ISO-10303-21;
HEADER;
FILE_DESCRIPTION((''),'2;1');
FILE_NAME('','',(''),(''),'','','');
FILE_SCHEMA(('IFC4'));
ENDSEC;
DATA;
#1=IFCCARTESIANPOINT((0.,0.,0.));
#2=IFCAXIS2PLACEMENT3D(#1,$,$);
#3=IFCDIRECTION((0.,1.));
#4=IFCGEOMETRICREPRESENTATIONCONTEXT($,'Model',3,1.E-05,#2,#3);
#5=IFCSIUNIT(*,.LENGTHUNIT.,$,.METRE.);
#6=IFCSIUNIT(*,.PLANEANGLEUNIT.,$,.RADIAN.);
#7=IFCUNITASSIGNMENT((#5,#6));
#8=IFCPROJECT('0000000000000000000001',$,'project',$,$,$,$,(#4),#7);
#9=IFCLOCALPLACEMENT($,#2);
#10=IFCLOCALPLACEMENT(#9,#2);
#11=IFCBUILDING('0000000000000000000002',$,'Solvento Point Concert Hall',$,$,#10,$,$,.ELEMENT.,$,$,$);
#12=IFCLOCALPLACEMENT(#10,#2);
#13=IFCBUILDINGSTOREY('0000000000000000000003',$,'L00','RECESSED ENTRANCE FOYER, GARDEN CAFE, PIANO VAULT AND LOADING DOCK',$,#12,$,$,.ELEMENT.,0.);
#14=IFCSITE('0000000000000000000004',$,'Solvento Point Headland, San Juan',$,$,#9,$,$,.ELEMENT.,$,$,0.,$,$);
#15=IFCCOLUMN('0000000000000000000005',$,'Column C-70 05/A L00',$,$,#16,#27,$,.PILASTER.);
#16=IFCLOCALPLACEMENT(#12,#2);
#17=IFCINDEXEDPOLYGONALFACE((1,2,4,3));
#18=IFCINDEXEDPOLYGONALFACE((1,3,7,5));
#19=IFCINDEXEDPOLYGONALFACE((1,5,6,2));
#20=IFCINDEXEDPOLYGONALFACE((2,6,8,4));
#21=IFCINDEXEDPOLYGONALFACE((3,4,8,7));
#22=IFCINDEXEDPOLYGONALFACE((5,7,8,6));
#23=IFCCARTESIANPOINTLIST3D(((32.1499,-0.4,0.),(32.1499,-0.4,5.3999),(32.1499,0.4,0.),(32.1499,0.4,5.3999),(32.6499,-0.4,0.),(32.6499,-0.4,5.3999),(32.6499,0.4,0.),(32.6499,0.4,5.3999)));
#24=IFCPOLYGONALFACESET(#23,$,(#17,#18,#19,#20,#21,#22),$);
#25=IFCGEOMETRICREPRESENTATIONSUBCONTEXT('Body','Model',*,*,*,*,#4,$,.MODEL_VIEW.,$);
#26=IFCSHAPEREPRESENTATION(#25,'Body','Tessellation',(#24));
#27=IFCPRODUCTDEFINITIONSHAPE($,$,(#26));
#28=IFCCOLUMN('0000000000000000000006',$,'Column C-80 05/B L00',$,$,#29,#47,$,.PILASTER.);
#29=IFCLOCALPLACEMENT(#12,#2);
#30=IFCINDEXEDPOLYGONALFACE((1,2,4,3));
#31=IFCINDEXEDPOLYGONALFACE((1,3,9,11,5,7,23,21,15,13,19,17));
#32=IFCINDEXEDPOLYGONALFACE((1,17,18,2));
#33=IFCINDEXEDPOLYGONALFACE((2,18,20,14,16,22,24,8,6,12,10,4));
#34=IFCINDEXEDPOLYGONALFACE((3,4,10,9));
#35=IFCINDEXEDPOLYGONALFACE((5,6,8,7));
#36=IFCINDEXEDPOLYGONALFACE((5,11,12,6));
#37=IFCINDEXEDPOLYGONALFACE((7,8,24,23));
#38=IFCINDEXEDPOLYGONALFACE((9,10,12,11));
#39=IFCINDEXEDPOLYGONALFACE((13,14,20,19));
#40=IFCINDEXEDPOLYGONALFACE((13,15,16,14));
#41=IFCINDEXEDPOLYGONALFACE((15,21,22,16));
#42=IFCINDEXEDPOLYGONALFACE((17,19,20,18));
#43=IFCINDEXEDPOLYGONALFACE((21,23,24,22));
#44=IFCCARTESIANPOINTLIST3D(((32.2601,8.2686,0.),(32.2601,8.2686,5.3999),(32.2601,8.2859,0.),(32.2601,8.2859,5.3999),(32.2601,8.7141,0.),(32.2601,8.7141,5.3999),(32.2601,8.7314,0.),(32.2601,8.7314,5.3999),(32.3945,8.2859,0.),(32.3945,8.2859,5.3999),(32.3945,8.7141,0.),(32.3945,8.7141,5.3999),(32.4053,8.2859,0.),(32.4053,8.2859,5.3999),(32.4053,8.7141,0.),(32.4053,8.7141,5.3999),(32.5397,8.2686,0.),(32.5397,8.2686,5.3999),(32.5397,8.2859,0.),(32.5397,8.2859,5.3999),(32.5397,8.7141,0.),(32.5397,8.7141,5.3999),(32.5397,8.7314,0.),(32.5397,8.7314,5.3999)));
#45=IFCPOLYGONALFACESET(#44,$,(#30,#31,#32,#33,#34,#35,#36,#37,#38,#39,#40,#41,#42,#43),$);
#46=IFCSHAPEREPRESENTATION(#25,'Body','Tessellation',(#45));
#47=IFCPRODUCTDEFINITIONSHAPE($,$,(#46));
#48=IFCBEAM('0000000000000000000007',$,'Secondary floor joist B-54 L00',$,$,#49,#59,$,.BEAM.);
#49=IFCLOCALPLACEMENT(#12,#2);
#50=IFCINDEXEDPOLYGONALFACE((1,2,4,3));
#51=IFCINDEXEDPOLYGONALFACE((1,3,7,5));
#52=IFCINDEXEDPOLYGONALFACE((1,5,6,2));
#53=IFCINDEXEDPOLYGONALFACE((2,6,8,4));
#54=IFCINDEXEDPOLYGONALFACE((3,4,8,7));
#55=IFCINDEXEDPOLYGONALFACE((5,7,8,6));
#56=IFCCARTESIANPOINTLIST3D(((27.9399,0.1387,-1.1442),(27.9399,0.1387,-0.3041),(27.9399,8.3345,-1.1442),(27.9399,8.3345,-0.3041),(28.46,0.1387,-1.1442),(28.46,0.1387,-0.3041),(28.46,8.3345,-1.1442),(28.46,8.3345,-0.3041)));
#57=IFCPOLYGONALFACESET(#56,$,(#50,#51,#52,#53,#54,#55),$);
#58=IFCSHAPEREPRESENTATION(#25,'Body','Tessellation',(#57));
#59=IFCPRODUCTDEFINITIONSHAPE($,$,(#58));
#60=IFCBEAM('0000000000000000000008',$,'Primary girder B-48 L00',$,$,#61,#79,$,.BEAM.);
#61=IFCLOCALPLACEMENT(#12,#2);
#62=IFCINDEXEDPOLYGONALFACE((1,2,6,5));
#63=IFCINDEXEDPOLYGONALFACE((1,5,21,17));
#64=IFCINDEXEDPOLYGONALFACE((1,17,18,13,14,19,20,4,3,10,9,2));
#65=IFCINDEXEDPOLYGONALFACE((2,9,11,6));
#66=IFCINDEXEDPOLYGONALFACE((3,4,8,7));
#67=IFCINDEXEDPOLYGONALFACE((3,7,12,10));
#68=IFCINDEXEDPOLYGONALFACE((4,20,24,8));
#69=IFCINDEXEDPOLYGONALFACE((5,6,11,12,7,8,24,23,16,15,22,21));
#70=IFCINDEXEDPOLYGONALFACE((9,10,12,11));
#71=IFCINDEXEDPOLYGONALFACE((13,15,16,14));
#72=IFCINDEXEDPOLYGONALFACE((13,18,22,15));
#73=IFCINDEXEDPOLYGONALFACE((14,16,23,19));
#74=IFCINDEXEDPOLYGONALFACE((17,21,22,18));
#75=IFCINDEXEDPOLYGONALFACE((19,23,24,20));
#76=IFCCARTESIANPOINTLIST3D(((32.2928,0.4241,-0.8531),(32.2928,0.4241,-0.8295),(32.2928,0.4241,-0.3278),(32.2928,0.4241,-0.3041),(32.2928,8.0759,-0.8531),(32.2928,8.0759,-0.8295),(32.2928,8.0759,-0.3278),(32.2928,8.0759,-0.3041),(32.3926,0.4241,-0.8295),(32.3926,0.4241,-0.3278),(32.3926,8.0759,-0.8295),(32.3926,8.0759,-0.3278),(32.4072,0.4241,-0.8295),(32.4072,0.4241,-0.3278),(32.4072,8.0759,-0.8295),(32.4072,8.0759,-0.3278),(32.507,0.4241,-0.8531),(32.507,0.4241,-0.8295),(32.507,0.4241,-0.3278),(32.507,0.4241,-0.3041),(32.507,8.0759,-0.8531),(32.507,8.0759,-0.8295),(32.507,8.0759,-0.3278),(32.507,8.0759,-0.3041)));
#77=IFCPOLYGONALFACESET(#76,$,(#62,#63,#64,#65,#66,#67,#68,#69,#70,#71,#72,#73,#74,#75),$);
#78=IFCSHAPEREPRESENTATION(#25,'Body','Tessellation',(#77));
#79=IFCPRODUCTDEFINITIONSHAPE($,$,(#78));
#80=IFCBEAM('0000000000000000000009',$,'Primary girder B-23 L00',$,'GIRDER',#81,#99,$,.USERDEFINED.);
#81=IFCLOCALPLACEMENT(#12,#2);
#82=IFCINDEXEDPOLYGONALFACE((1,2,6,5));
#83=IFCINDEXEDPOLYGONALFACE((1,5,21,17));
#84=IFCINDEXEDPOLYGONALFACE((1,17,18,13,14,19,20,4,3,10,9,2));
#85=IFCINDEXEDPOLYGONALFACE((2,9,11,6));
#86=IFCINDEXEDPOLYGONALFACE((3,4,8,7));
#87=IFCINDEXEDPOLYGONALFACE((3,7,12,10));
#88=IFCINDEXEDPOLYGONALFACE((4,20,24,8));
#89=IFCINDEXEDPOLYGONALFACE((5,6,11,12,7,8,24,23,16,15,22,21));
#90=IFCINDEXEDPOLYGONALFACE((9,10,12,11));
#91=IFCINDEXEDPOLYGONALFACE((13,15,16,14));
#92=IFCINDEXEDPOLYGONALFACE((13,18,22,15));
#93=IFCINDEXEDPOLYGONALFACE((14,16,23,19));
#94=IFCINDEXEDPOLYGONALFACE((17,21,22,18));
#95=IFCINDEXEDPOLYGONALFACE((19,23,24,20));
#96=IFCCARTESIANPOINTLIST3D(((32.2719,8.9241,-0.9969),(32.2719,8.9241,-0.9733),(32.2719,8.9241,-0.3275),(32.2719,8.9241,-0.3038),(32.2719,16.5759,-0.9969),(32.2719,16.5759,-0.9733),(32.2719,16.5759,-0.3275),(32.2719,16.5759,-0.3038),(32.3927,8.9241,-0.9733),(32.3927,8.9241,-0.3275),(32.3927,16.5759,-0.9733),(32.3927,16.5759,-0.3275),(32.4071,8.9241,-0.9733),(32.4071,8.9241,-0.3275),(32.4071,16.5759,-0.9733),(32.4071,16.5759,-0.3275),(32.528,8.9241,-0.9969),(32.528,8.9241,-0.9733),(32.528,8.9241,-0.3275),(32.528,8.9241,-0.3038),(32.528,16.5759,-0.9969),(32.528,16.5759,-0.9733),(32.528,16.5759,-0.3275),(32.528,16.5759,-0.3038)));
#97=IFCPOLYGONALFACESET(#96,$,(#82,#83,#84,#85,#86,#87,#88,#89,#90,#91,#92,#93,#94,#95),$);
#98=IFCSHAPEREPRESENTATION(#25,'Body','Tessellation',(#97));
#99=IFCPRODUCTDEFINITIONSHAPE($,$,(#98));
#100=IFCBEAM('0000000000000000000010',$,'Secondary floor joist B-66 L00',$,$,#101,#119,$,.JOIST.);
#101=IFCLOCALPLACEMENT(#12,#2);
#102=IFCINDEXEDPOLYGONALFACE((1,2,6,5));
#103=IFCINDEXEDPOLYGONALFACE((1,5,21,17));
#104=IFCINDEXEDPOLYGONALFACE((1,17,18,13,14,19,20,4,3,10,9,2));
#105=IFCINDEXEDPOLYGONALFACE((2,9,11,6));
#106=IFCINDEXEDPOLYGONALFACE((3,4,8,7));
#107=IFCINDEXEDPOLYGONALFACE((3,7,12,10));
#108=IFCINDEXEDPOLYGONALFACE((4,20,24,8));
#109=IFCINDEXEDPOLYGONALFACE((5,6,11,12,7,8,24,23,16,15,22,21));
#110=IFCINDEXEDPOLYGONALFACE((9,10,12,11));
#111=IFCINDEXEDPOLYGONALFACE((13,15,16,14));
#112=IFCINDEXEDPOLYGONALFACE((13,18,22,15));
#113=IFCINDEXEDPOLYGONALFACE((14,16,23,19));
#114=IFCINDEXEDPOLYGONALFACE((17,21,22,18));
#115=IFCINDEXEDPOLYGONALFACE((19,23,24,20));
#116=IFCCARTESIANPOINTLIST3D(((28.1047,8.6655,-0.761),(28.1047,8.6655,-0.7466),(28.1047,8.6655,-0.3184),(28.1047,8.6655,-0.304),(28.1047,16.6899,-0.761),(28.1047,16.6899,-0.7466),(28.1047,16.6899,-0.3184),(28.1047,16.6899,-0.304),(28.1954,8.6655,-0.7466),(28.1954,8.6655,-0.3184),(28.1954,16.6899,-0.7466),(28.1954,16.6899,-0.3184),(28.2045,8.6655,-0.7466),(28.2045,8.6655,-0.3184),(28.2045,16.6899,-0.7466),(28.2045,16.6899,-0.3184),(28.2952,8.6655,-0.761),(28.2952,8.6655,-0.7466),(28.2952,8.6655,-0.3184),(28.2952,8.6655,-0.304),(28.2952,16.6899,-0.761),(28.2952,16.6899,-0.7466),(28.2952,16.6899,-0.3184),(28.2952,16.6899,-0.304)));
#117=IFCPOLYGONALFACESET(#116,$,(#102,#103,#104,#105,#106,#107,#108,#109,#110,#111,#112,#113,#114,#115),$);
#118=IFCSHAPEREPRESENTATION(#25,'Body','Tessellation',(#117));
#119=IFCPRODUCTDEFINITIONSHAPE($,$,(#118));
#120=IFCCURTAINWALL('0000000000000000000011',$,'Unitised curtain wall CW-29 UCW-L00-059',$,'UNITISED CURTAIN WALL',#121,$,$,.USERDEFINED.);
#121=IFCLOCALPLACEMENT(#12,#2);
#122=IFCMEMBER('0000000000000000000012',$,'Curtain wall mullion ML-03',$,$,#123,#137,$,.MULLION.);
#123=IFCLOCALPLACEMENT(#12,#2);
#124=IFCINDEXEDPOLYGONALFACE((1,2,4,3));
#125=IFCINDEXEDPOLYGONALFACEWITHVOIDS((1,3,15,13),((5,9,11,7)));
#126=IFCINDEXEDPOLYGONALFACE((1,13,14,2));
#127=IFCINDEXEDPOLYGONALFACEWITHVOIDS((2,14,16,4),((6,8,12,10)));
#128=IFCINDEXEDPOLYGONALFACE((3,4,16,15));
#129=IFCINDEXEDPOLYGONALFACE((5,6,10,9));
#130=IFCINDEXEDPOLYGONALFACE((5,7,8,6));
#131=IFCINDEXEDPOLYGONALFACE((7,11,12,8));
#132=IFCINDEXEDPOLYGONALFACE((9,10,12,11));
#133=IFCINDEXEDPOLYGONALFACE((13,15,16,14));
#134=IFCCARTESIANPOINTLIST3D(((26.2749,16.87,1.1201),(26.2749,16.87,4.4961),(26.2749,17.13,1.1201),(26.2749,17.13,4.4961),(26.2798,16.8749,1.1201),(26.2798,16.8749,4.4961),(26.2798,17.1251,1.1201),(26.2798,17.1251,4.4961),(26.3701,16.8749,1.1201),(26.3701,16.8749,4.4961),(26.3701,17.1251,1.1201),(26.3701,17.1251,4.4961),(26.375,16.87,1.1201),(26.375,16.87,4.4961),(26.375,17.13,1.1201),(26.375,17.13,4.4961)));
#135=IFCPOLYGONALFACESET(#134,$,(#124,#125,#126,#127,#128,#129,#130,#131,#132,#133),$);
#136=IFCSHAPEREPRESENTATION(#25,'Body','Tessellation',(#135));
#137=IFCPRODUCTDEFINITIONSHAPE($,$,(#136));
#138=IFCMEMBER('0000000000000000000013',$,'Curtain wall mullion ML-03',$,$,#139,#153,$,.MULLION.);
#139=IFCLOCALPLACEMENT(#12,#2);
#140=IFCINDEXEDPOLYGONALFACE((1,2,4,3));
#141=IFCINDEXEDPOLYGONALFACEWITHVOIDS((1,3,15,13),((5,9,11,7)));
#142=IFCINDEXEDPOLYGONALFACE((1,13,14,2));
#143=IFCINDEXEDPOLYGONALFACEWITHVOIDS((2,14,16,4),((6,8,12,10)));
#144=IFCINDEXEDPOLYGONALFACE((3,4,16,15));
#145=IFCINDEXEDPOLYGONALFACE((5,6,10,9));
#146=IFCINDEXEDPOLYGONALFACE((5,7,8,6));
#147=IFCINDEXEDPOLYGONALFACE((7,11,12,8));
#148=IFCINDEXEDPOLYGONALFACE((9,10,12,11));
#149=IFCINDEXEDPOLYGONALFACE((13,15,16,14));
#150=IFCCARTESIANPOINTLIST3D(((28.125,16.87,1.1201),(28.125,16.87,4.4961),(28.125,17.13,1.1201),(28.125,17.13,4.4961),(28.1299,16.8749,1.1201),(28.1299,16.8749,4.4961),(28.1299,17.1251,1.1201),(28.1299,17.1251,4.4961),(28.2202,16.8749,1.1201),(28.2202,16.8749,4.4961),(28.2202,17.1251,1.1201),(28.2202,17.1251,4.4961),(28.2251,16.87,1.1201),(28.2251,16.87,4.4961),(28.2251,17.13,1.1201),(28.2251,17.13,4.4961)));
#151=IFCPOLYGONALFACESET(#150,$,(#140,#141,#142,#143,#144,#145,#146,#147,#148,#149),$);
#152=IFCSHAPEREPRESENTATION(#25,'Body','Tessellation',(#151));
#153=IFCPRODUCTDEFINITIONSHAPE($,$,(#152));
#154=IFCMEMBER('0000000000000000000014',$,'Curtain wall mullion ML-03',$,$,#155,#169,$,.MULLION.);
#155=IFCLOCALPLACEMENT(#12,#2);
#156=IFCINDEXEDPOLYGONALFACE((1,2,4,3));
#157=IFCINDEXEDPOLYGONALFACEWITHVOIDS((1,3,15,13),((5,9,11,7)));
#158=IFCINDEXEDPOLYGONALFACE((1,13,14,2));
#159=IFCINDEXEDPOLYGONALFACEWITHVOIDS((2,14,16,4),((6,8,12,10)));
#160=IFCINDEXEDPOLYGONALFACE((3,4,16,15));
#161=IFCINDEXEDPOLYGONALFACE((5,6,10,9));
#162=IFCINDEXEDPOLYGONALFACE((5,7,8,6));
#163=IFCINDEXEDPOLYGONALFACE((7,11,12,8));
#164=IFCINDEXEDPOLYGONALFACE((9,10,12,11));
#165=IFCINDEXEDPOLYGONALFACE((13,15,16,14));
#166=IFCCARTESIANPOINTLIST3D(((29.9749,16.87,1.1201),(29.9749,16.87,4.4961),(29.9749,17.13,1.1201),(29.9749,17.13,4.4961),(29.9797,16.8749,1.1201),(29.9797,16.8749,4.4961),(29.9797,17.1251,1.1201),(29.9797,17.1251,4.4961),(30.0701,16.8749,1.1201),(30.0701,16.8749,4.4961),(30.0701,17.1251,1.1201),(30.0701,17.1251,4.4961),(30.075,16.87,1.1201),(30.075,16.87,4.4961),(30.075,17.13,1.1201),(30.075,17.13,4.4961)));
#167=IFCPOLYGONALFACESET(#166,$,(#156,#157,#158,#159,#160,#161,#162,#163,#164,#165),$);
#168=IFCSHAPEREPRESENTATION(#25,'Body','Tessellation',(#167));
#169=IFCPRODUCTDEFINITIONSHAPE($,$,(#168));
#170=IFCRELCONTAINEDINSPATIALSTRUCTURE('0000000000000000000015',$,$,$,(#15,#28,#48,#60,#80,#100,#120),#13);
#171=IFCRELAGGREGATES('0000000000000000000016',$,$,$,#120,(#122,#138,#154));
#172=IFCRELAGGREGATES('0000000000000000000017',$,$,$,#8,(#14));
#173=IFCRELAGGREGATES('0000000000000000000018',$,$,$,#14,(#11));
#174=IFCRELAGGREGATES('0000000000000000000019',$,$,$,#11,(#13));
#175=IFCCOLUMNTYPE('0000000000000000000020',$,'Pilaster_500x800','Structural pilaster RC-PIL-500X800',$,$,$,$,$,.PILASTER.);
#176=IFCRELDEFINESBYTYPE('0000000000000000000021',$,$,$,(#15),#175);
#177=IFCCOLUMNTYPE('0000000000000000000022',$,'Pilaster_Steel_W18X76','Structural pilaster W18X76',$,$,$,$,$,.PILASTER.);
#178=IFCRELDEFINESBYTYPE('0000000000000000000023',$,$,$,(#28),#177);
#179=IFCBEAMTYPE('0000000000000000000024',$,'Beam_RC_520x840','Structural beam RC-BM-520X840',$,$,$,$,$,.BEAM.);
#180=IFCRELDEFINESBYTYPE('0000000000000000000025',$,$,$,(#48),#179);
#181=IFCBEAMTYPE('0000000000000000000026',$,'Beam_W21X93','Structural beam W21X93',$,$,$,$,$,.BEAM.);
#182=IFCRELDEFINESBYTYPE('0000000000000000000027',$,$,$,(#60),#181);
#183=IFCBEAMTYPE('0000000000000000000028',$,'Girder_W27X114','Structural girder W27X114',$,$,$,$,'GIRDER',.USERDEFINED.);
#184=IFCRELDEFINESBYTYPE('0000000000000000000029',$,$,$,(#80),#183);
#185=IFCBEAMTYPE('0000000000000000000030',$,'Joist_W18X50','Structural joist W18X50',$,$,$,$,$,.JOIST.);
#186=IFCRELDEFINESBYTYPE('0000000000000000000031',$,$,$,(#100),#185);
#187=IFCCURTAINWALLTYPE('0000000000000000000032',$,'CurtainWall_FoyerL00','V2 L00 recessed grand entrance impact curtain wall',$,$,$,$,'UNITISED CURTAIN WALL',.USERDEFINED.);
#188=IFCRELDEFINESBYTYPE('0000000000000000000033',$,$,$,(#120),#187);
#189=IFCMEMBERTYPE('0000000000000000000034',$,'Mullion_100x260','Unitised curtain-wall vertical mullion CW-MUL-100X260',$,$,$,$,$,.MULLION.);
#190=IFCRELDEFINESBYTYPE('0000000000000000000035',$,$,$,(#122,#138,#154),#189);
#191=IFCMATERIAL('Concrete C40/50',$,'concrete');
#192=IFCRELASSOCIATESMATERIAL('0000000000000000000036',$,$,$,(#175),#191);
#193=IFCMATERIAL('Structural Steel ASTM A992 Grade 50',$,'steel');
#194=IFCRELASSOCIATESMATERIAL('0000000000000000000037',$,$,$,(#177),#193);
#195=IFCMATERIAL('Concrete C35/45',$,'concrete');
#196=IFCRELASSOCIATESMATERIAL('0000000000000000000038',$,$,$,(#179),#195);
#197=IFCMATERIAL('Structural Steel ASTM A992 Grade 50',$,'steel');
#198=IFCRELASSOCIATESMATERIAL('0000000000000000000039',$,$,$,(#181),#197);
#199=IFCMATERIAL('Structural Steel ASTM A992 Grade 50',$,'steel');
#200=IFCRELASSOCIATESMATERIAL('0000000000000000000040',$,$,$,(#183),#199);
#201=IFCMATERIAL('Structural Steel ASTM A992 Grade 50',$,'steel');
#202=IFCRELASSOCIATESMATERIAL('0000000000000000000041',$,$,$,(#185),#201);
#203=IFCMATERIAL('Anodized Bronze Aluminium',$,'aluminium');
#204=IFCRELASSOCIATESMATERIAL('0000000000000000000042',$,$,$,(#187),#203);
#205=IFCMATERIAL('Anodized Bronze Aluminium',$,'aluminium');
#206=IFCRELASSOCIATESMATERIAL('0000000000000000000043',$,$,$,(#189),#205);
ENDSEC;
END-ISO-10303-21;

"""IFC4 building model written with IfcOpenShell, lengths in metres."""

from ifc_helpers import new_model, si_unit, direction, frame, origin, origin_2d, place, context, subcontext, project, spatial, rectangle, hollow_rectangle, i_section, extrude, material, material_profile, profile_set, type_object, element, aggregate, save


model = new_model("IFC4")

# Units and contexts
model_context = context("Model", 3, precision=1e-05, world=origin(), true_north=direction((0.0, 1.0)))
body_context = subcontext(model_context, "Body", "Model", "MODEL_VIEW")
ifc_project = project(units=[si_unit("LENGTHUNIT", "METRE"), si_unit("PLANEANGLEUNIT", "RADIAN")], contexts=[model_context])

# Site, building, storey
site_placement = place(None, origin())
site = spatial("IfcSite", under=ifc_project, at=site_placement, Name="Solvento Point Headland, San Juan", CompositionType="ELEMENT", RefElevation=0.0)
building_placement = place(site_placement, origin())
building = spatial("IfcBuilding", under=site, at=building_placement, Name="Solvento Point Concert Hall", CompositionType="ELEMENT")
storey_placement = place(building_placement, origin())
storey = spatial("IfcBuildingStorey", under=building, at=storey_placement, Name="L00", Description="RECESSED ENTRANCE FOYER, GARDEN CAFE, PIANO VAULT AND LOADING DOCK", CompositionType="ELEMENT", Elevation=0.0)

# Columns
ifc_material_1 = material(Name="Concrete C40/50", Category="concrete")
ifc_material_profile_1 = material_profile(ifc_material_1, rectangle(XDim=0.5, YDim=0.8, at=origin_2d()), Name="RC-PIL-500X800")
ifc_profile_set_1 = profile_set([ifc_material_profile_1], Name="Concrete C40/50")
column_type_1 = type_object("IfcColumnType", Name="Pilaster_500x800", Description="Structural pilaster RC-PIL-500X800", PredefinedType="PILASTER", material=ifc_profile_set_1)
column_1_placement = place(storey_placement, frame((32.3999, 0.0, 0.0), z_axis=(0.0, 0.0, 1.0), x_axis=(1.0, 0.0, 0.0)))
element("IfcColumn", 1, at=column_1_placement, inside=storey, type_object=column_type_1, Name="Column C-70 05/A L00", PredefinedType="PILASTER", context=body_context, shape_type="SweptSolid", body=[
    extrude(rectangle(XDim=0.5, YDim=0.8, at=origin_2d()), origin(), (0.0, 0.0, 1.0), 5.3999),
])
ifc_material_2 = material(Name="Structural Steel ASTM A992 Grade 50", Category="steel")
ifc_material_profile_2 = material_profile(ifc_material_2, i_section(OverallWidth=0.2795, OverallDepth=0.4629, WebThickness=0.0107, FlangeThickness=0.0173, at=origin_2d()), Name="W18X76")
ifc_profile_set_2 = profile_set([ifc_material_profile_2], Name="Structural Steel ASTM A992 Grade 50")
column_type_2 = type_object("IfcColumnType", Name="Pilaster_Steel_W18X76", Description="Structural pilaster W18X76", PredefinedType="PILASTER", material=ifc_profile_set_2)
column_2_placement = place(storey_placement, frame((32.3999, 8.5, 0.0), z_axis=(0.0, 0.0, 1.0), x_axis=(1.0, 0.0, 0.0)))
element("IfcColumn", 2, at=column_2_placement, inside=storey, type_object=column_type_2, Name="Column C-80 05/B L00", PredefinedType="PILASTER", context=body_context, shape_type="SweptSolid", body=[
    extrude(i_section(OverallWidth=0.2795, OverallDepth=0.4629, WebThickness=0.0107, FlangeThickness=0.0173, at=origin_2d()), origin(), (0.0, 0.0, 1.0), 5.3999),
])

# Beams
ifc_material_3 = material(Name="Concrete C35/45", Category="concrete")
ifc_material_profile_3 = material_profile(ifc_material_3, rectangle(XDim=0.52, YDim=0.8401, at=origin_2d()), Name="RC-BM-520X840")
ifc_profile_set_3 = profile_set([ifc_material_profile_3], Name="Concrete C35/45")
beam_type_1 = type_object("IfcBeamType", Name="Beam_RC_520x840", Description="Structural beam RC-BM-520X840", PredefinedType="BEAM", material=ifc_profile_set_3)
beam_1_placement = place(storey_placement, frame((28.2, 0.1387, -0.7241), z_axis=(0.0, 1.0, 0.0), x_axis=(-1.0, 0.0, 0.0)))
element("IfcBeam", 3, at=beam_1_placement, inside=storey, type_object=beam_type_1, Name="Secondary floor joist B-54 L00", PredefinedType="BEAM", context=body_context, shape_type="SweptSolid", body=[
    extrude(rectangle(XDim=0.52, YDim=0.8401, at=origin_2d()), origin(), (0.0, 0.0, 1.0), 8.1958),
])
ifc_material_4 = material(Name="Structural Steel ASTM A992 Grade 50", Category="steel")
ifc_material_profile_4 = material_profile(ifc_material_4, i_section(OverallWidth=0.2141, OverallDepth=0.5491, WebThickness=0.0146, FlangeThickness=0.0237, at=origin_2d()), Name="W21X93")
ifc_profile_set_4 = profile_set([ifc_material_profile_4], Name="Structural Steel ASTM A992 Grade 50")
beam_type_2 = type_object("IfcBeamType", Name="Beam_W21X93", Description="Structural beam W21X93", PredefinedType="BEAM", material=ifc_profile_set_4)
beam_2_placement = place(storey_placement, frame((32.3999, 0.4241, -0.5786), z_axis=(0.0, 1.0, 0.0), x_axis=(-1.0, 0.0, 0.0)))
element("IfcBeam", 4, at=beam_2_placement, inside=storey, type_object=beam_type_2, Name="Primary girder B-48 L00", PredefinedType="BEAM", context=body_context, shape_type="SweptSolid", body=[
    extrude(i_section(OverallWidth=0.2141, OverallDepth=0.5491, WebThickness=0.0146, FlangeThickness=0.0237, at=origin_2d()), origin(), (0.0, 0.0, 1.0), 7.6519),
])
ifc_material_5 = material(Name="Structural Steel ASTM A992 Grade 50", Category="steel")
ifc_material_profile_5 = material_profile(ifc_material_5, i_section(OverallWidth=0.2561, OverallDepth=0.6931, WebThickness=0.0144, FlangeThickness=0.0237, at=origin_2d()), Name="W27X114")
ifc_profile_set_5 = profile_set([ifc_material_profile_5], Name="Structural Steel ASTM A992 Grade 50")
beam_type_3 = type_object("IfcBeamType", Name="Girder_W27X114", Description="Structural girder W27X114", ElementType="GIRDER", PredefinedType="USERDEFINED", material=ifc_profile_set_5)
beam_3_placement = place(storey_placement, frame((32.3999, 8.9241, -0.6504), z_axis=(0.0, 1.0, 0.0), x_axis=(-1.0, 0.0, 0.0)))
element("IfcBeam", 5, at=beam_3_placement, inside=storey, type_object=beam_type_3, Name="Primary girder B-23 L00", ObjectType="GIRDER", PredefinedType="USERDEFINED", context=body_context, shape_type="SweptSolid", body=[
    extrude(i_section(OverallWidth=0.2561, OverallDepth=0.6931, WebThickness=0.0144, FlangeThickness=0.0237, at=origin_2d()), origin(), (0.0, 0.0, 1.0), 7.6519),
])
ifc_material_6 = material(Name="Structural Steel ASTM A992 Grade 50", Category="steel")
ifc_material_profile_6 = material_profile(ifc_material_6, i_section(OverallWidth=0.1904, OverallDepth=0.457, WebThickness=0.009, FlangeThickness=0.0144, at=origin_2d()), Name="W18X50")
ifc_profile_set_6 = profile_set([ifc_material_profile_6], Name="Structural Steel ASTM A992 Grade 50")
beam_type_4 = type_object("IfcBeamType", Name="Joist_W18X50", Description="Structural joist W18X50", PredefinedType="JOIST", material=ifc_profile_set_6)
beam_4_placement = place(storey_placement, frame((28.2, 8.6655, -0.5325), z_axis=(0.0, 1.0, 0.0), x_axis=(-1.0, 0.0, 0.0)))
element("IfcBeam", 6, at=beam_4_placement, inside=storey, type_object=beam_type_4, Name="Secondary floor joist B-66 L00", PredefinedType="JOIST", context=body_context, shape_type="SweptSolid", body=[
    extrude(i_section(OverallWidth=0.1904, OverallDepth=0.457, WebThickness=0.009, FlangeThickness=0.0144, at=origin_2d()), origin(), (0.0, 0.0, 1.0), 8.0244),
])

# Curtain wall, members
ifc_material_7 = material(Name="Anodized Bronze Aluminium", Category="aluminium")
curtain_wall_type = type_object("IfcCurtainWallType", Name="CurtainWall_FoyerL00", Description="V2 L00 recessed grand entrance impact curtain wall", ElementType="UNITISED CURTAIN WALL", PredefinedType="USERDEFINED", material=ifc_material_7)
curtain_wall_placement = place(storey_placement, origin())
curtain_wall = element("IfcCurtainWall", 7, at=curtain_wall_placement, inside=storey, type_object=curtain_wall_type, Name="Unitised curtain wall CW-29 UCW-L00-059", ObjectType="UNITISED CURTAIN WALL", PredefinedType="USERDEFINED")
ifc_material_8 = material(Name="Anodized Bronze Aluminium", Category="aluminium")
ifc_material_profile_7 = material_profile(ifc_material_8, hollow_rectangle(XDim=0.1001, YDim=0.26, WallThickness=0.0049, at=origin_2d()), Name="CW-MUL-100X260")
ifc_profile_set_7 = profile_set([ifc_material_profile_7], Name="Anodized Bronze Aluminium")
member_type = type_object("IfcMemberType", Name="Mullion_100x260", Description="Unitised curtain-wall vertical mullion CW-MUL-100X260", PredefinedType="MULLION", material=ifc_profile_set_7)
member_1_placement = place(storey_placement, frame((26.325, 17.0, 1.1201), z_axis=(0.0, 0.0, 1.0), x_axis=(1.0, 0.0, 0.0)))
member_1 = element("IfcMember", 8, at=member_1_placement, type_object=member_type, Name="Curtain wall mullion ML-03", PredefinedType="MULLION", context=body_context, shape_type="SweptSolid", body=[
    extrude(hollow_rectangle(XDim=0.1001, YDim=0.26, WallThickness=0.0049, at=origin_2d()), origin(), (0.0, 0.0, 1.0), 3.376),
])
member_2_placement = place(storey_placement, frame((28.175, 17.0, 1.1201), z_axis=(0.0, 0.0, 1.0), x_axis=(1.0, 0.0, 0.0)))
member_2 = element("IfcMember", 9, at=member_2_placement, type_object=member_type, Name="Curtain wall mullion ML-03", PredefinedType="MULLION", context=body_context, shape_type="SweptSolid", body=[
    extrude(hollow_rectangle(XDim=0.1001, YDim=0.26, WallThickness=0.0049, at=origin_2d()), origin(), (0.0, 0.0, 1.0), 3.376),
])
member_3_placement = place(storey_placement, frame((30.0249, 17.0, 1.1201), z_axis=(0.0, 0.0, 1.0), x_axis=(1.0, 0.0, 0.0)))
member_3 = element("IfcMember", 10, at=member_3_placement, type_object=member_type, Name="Curtain wall mullion ML-03", PredefinedType="MULLION", context=body_context, shape_type="SweptSolid", body=[
    extrude(hollow_rectangle(XDim=0.1001, YDim=0.26, WallThickness=0.0049, at=origin_2d()), origin(), (0.0, 0.0, 1.0), 3.376),
])
aggregate(curtain_wall, [member_1, member_2, member_3])

save(model, "model.ifc")
